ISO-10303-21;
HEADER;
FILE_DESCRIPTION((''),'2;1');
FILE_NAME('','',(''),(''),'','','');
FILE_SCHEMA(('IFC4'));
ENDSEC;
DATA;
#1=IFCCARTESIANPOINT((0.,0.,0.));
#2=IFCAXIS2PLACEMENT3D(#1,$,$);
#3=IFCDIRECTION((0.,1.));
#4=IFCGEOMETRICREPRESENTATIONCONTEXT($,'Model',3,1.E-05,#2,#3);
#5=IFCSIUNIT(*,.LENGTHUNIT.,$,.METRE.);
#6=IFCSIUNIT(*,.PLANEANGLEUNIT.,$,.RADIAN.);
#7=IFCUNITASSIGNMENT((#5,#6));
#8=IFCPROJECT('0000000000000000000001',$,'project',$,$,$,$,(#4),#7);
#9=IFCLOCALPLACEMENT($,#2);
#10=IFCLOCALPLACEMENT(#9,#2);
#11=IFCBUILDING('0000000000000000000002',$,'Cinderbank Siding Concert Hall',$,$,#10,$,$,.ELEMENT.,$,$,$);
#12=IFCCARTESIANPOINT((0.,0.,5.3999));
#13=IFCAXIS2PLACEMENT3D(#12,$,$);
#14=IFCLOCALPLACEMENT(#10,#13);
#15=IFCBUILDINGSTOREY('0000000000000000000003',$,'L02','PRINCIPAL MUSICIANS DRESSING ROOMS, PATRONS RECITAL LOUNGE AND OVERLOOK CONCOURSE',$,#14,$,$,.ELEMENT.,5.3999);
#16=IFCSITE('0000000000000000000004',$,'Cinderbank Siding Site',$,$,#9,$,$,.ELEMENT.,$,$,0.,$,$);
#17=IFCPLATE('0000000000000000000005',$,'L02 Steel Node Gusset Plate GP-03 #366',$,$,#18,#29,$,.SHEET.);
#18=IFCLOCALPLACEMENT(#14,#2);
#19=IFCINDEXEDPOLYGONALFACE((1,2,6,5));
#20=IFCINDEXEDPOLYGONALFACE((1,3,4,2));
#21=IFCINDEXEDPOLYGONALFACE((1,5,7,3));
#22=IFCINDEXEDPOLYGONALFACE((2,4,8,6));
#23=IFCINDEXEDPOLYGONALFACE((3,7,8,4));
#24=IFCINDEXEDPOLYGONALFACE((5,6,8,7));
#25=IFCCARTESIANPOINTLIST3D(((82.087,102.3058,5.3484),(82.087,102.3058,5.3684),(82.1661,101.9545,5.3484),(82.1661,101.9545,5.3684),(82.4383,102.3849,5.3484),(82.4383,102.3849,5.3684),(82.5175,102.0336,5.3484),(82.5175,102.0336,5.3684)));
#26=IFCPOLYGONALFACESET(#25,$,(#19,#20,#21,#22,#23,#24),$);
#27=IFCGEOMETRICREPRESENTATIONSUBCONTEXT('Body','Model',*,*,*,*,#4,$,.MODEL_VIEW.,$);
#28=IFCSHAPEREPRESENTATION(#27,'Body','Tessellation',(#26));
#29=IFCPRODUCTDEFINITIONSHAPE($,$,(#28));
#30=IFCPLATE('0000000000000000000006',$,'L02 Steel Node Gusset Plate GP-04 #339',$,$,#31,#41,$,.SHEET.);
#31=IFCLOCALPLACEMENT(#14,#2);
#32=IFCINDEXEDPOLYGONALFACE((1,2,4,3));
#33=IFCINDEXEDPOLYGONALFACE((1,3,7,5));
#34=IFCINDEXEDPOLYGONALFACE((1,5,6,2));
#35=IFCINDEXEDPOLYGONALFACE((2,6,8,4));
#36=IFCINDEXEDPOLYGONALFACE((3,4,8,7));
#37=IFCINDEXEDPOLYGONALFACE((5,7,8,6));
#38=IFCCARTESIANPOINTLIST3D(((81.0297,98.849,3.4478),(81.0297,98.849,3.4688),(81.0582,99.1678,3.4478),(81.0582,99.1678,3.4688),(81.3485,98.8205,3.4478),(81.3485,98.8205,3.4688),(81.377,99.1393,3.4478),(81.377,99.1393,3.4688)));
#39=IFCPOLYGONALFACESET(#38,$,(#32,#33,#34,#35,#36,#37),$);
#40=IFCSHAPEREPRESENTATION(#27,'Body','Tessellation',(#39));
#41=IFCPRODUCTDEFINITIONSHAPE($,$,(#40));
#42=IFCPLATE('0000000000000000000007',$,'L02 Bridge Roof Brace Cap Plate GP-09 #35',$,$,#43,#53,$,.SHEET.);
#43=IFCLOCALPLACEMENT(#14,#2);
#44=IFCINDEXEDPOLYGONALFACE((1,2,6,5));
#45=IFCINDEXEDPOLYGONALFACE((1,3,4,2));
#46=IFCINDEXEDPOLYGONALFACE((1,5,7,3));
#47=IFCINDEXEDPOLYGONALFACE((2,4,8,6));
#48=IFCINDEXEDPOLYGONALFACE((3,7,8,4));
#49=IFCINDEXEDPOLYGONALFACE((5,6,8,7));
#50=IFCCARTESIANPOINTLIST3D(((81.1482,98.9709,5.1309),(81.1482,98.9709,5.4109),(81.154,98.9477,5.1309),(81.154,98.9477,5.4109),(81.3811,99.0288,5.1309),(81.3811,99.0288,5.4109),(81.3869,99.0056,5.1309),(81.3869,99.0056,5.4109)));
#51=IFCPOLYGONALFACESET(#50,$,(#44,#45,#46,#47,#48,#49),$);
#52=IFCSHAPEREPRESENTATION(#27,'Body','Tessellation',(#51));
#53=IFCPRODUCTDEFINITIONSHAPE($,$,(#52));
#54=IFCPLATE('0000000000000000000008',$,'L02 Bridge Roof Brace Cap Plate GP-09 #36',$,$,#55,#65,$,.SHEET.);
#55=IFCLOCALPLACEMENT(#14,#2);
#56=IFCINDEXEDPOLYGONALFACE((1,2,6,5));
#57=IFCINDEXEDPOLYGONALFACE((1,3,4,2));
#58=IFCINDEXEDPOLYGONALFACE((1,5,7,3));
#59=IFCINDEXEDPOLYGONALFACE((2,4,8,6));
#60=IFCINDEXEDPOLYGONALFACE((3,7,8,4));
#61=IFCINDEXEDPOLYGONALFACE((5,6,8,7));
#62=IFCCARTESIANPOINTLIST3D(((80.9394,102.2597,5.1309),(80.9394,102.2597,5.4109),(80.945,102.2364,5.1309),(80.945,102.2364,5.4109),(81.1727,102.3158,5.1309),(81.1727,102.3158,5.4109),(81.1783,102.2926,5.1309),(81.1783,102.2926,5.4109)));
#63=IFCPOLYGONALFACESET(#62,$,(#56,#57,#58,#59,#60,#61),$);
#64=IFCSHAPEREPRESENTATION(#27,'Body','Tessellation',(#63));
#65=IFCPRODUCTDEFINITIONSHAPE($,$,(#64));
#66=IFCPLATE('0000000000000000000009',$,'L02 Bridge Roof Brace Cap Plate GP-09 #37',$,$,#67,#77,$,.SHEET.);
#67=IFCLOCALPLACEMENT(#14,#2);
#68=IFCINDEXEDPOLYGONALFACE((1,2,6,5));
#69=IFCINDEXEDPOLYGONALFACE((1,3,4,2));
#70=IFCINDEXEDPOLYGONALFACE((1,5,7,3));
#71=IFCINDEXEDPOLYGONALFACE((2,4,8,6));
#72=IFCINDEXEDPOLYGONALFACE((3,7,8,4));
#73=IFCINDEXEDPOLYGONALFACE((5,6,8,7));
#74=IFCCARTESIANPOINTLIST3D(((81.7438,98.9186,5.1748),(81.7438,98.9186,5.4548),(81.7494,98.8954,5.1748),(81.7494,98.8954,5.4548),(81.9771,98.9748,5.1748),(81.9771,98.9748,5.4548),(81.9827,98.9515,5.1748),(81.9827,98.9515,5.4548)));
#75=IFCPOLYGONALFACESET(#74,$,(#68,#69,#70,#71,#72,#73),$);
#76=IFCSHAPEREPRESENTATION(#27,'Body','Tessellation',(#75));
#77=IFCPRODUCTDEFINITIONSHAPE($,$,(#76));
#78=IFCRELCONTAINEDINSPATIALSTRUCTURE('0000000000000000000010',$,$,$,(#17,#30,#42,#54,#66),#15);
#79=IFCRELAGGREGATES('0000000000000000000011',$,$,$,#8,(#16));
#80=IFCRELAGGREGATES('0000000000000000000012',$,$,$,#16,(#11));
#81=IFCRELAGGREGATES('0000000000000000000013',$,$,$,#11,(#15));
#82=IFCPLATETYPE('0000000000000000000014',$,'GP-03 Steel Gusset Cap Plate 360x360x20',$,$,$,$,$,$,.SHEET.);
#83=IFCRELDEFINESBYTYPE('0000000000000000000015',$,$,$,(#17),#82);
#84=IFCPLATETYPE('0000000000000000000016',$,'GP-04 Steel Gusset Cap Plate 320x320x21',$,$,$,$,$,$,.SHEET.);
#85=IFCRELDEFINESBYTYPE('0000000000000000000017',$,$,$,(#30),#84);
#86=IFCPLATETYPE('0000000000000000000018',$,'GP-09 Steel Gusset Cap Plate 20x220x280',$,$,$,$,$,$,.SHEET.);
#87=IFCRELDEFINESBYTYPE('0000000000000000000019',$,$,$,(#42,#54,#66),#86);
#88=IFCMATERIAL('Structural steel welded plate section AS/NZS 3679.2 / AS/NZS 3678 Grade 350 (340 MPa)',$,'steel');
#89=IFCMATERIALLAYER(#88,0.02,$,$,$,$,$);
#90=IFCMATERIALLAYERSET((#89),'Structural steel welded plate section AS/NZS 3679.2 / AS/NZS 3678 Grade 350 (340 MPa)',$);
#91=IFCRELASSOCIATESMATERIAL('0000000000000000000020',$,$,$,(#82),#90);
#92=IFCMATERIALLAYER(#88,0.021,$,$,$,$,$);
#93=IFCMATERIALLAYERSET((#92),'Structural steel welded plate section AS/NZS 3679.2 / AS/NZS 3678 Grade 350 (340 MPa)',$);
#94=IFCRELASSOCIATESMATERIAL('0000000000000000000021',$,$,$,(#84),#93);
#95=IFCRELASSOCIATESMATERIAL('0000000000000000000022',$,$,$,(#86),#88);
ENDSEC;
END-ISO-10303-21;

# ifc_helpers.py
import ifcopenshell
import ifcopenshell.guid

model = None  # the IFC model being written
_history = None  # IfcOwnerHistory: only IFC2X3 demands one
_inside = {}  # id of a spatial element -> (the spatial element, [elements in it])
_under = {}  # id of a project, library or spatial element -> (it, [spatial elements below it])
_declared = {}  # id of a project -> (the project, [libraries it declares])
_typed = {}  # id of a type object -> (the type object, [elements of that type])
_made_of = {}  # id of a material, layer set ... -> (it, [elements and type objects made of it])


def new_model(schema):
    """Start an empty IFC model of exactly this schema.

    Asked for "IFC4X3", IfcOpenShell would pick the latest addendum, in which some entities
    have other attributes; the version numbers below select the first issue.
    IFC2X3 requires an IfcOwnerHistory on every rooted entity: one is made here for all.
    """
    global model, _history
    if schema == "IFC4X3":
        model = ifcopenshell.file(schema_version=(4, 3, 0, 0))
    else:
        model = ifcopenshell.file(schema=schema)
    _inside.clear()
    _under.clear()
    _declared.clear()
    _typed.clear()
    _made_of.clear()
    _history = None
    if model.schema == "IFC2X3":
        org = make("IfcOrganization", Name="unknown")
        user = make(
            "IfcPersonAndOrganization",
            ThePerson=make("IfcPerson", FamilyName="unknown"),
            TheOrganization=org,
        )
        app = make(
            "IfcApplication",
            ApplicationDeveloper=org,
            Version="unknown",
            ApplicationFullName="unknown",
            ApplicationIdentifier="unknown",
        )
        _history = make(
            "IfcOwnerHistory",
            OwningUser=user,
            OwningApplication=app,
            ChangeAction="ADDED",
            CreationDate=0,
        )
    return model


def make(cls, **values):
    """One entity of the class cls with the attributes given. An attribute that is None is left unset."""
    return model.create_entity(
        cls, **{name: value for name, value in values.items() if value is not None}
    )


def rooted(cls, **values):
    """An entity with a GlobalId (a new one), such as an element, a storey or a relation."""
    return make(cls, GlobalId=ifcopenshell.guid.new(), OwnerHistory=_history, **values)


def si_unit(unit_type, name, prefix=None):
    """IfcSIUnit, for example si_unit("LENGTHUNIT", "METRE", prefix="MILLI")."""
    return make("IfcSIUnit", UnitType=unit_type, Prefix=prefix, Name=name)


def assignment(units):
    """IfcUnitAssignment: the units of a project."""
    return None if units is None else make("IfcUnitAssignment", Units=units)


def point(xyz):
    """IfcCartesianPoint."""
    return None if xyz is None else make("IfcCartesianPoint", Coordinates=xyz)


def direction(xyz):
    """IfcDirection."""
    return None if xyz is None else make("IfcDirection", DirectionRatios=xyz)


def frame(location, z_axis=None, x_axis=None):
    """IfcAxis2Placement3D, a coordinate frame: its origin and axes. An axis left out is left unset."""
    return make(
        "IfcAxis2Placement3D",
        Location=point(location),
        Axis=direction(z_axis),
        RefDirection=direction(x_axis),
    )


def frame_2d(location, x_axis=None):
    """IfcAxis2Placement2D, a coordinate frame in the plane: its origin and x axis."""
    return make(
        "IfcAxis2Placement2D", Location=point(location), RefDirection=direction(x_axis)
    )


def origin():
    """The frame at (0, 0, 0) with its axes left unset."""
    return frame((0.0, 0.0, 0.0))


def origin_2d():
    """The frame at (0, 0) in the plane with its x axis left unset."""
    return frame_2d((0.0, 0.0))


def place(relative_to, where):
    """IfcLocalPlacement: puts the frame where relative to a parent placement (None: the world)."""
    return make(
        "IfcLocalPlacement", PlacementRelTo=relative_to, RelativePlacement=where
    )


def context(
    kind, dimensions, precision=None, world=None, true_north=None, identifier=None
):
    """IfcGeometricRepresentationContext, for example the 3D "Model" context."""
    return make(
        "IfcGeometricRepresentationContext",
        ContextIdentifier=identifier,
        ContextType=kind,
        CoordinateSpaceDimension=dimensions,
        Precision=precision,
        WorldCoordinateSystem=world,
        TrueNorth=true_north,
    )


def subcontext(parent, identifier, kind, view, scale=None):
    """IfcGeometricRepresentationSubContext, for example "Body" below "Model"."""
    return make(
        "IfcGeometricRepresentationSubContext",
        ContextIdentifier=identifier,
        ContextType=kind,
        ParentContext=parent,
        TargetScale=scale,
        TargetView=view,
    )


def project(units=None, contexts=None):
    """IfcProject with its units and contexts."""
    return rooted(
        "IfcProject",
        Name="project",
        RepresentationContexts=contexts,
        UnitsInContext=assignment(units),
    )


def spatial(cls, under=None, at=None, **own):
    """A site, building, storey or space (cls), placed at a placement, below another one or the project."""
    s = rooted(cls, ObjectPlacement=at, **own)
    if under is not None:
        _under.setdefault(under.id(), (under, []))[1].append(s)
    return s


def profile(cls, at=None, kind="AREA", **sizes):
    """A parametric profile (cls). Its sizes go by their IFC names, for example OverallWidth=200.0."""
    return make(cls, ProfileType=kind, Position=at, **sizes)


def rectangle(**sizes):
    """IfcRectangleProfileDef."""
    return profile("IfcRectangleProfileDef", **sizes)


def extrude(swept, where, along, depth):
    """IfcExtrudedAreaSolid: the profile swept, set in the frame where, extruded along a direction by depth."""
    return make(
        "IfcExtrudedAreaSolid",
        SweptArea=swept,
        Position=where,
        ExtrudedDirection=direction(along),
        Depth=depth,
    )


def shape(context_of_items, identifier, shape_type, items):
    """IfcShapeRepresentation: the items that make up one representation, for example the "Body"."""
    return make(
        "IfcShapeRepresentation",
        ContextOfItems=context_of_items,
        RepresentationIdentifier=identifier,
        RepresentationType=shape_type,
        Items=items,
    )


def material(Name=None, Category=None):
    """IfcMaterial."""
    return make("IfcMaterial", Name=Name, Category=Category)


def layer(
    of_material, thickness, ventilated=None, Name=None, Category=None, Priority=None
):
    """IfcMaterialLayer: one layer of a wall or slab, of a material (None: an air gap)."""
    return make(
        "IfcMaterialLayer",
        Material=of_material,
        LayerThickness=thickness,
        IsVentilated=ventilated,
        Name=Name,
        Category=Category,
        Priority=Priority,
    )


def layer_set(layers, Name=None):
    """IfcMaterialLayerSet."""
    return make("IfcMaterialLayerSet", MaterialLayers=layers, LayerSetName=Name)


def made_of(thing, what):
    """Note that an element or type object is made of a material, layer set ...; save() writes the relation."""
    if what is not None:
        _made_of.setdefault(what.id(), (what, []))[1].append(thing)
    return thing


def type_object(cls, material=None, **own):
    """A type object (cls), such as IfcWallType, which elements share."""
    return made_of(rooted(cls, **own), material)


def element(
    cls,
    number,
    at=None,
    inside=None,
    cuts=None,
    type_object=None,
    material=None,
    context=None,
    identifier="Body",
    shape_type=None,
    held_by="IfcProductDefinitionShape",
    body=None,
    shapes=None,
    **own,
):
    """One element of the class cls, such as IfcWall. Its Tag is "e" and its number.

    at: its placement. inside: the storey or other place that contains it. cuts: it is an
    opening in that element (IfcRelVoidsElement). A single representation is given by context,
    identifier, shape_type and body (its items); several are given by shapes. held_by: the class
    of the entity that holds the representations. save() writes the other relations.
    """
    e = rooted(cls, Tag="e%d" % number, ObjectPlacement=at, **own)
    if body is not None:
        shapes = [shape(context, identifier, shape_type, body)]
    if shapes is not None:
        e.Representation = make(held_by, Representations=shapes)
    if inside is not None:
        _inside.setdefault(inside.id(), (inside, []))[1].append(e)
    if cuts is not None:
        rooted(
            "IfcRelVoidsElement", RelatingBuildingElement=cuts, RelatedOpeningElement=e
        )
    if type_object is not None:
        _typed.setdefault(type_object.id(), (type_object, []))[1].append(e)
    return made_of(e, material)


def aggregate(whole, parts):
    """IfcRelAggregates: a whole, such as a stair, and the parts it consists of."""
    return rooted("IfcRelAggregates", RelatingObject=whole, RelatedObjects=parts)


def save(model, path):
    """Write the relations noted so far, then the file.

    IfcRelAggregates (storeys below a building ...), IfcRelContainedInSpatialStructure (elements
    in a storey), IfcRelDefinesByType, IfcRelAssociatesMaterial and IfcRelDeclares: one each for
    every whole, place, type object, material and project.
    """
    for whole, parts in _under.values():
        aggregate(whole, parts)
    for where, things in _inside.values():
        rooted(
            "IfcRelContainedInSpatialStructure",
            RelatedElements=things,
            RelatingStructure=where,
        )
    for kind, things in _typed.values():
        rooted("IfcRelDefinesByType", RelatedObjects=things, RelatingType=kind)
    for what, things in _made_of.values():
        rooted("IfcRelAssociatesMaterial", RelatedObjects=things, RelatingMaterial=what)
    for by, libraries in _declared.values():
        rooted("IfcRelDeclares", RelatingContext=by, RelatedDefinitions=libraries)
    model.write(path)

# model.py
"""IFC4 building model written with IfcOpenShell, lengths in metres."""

from ifc_helpers import new_model, si_unit, direction, frame, origin, origin_2d, place, context, subcontext, project, spatial, rectangle, extrude, material, layer, layer_set, type_object, element, save


model = new_model("IFC4")

# Units and contexts
model_context = context("Model", 3, precision=1e-05, world=origin(), true_north=direction((0.0, 1.0)))
body_context = subcontext(model_context, "Body", "Model", "MODEL_VIEW")
ifc_project = project(units=[si_unit("LENGTHUNIT", "METRE"), si_unit("PLANEANGLEUNIT", "RADIAN")], contexts=[model_context])

# Site, building, storey
site_placement = place(None, origin())
site = spatial("IfcSite", under=ifc_project, at=site_placement, Name="Cinderbank Siding Site", CompositionType="ELEMENT", RefElevation=0.0)
building_placement = place(site_placement, origin())
building = spatial("IfcBuilding", under=site, at=building_placement, Name="Cinderbank Siding Concert Hall", CompositionType="ELEMENT")
storey_placement = place(building_placement, frame((0.0, 0.0, 5.3999)))
storey = spatial("IfcBuildingStorey", under=building, at=storey_placement, Name="L02", Description="PRINCIPAL MUSICIANS DRESSING ROOMS, PATRONS RECITAL LOUNGE AND OVERLOOK CONCOURSE", CompositionType="ELEMENT", Elevation=5.3999)

# Plates
ifc_material_1 = material(Name="Structural steel welded plate section AS/NZS 3679.2 / AS/NZS 3678 Grade 350 (340 MPa)", Category="steel")
ifc_layer_1 = layer(ifc_material_1, 0.02)
ifc_layer_set_1 = layer_set([ifc_layer_1], Name="Structural steel welded plate section AS/NZS 3679.2 / AS/NZS 3678 Grade 350 (340 MPa)")
plate_type_1 = type_object("IfcPlateType", Name="GP-03 Steel Gusset Cap Plate 360x360x20", PredefinedType="SHEET", material=ifc_layer_set_1)
plate_1_placement = place(storey_placement, frame((82.3022, 102.1697, 5.3484), z_axis=(0.0, 0.0, 1.0), x_axis=(0.219676, -0.975573, 0.0)))
element("IfcPlate", 1, at=plate_1_placement, inside=storey, type_object=plate_type_1, Name="L02 Steel Node Gusset Plate GP-03 #366", PredefinedType="SHEET", context=body_context, shape_type="SweptSolid", body=[
    extrude(rectangle(XDim=0.3601, YDim=0.3601, at=origin_2d()), origin(), (0.0, 0.0, 1.0), 0.02),
])
ifc_layer_2 = layer(ifc_material_1, 0.021)
ifc_layer_set_2 = layer_set([ifc_layer_2], Name="Structural steel welded plate section AS/NZS 3679.2 / AS/NZS 3678 Grade 350 (340 MPa)")
plate_type_2 = type_object("IfcPlateType", Name="GP-04 Steel Gusset Cap Plate 320x320x21", PredefinedType="SHEET", material=ifc_layer_set_2)
plate_2_placement = place(storey_placement, frame((81.2034, 98.9941, 3.4478), z_axis=(0.0, 0.0, 1.0), x_axis=(0.996026, -0.089068, 0.0)))
element("IfcPlate", 2, at=plate_2_placement, inside=storey, type_object=plate_type_2, Name="L02 Steel Node Gusset Plate GP-04 #339", PredefinedType="SHEET", context=body_context, shape_type="SweptSolid", body=[
    extrude(rectangle(XDim=0.3201, YDim=0.3201, at=origin_2d()), origin(), (0.0, 0.0, 1.0), 0.021),
])
plate_type_3 = type_object("IfcPlateType", Name="GP-09 Steel Gusset Cap Plate 20x220x280", PredefinedType="SHEET", material=ifc_material_1)
for number, where, z_axis, x_axis, name in (
    (3, (81.2676, 98.9883, 5.1309), (0.0, 0.0, 1.0), (0.241244, -0.970464, 0.0), "L02 Bridge Roof Brace Cap Plate GP-09 #35"),
    (4, (81.0588, 102.2761, 5.1309), (0.0, 0.0, 1.0), (0.233954, -0.972248, 0.0), "L02 Bridge Roof Brace Cap Plate GP-09 #36"),
    (5, (81.8633, 98.9351, 5.1748), (0.0, 0.0, 1.0), (0.233954, -0.972248, 0.0), "L02 Bridge Roof Brace Cap Plate GP-09 #37"),
):
    element("IfcPlate", number, at=place(storey_placement, frame(where, z_axis=z_axis, x_axis=x_axis)), inside=storey, type_object=plate_type_3, Name=name, PredefinedType="SHEET", context=body_context, shape_type="SweptSolid", body=[
        extrude(rectangle(XDim=0.0239, YDim=0.24, at=origin_2d()), origin(), (0.0, 0.0, 1.0), 0.28),
    ])

save(model, "model.ifc")
